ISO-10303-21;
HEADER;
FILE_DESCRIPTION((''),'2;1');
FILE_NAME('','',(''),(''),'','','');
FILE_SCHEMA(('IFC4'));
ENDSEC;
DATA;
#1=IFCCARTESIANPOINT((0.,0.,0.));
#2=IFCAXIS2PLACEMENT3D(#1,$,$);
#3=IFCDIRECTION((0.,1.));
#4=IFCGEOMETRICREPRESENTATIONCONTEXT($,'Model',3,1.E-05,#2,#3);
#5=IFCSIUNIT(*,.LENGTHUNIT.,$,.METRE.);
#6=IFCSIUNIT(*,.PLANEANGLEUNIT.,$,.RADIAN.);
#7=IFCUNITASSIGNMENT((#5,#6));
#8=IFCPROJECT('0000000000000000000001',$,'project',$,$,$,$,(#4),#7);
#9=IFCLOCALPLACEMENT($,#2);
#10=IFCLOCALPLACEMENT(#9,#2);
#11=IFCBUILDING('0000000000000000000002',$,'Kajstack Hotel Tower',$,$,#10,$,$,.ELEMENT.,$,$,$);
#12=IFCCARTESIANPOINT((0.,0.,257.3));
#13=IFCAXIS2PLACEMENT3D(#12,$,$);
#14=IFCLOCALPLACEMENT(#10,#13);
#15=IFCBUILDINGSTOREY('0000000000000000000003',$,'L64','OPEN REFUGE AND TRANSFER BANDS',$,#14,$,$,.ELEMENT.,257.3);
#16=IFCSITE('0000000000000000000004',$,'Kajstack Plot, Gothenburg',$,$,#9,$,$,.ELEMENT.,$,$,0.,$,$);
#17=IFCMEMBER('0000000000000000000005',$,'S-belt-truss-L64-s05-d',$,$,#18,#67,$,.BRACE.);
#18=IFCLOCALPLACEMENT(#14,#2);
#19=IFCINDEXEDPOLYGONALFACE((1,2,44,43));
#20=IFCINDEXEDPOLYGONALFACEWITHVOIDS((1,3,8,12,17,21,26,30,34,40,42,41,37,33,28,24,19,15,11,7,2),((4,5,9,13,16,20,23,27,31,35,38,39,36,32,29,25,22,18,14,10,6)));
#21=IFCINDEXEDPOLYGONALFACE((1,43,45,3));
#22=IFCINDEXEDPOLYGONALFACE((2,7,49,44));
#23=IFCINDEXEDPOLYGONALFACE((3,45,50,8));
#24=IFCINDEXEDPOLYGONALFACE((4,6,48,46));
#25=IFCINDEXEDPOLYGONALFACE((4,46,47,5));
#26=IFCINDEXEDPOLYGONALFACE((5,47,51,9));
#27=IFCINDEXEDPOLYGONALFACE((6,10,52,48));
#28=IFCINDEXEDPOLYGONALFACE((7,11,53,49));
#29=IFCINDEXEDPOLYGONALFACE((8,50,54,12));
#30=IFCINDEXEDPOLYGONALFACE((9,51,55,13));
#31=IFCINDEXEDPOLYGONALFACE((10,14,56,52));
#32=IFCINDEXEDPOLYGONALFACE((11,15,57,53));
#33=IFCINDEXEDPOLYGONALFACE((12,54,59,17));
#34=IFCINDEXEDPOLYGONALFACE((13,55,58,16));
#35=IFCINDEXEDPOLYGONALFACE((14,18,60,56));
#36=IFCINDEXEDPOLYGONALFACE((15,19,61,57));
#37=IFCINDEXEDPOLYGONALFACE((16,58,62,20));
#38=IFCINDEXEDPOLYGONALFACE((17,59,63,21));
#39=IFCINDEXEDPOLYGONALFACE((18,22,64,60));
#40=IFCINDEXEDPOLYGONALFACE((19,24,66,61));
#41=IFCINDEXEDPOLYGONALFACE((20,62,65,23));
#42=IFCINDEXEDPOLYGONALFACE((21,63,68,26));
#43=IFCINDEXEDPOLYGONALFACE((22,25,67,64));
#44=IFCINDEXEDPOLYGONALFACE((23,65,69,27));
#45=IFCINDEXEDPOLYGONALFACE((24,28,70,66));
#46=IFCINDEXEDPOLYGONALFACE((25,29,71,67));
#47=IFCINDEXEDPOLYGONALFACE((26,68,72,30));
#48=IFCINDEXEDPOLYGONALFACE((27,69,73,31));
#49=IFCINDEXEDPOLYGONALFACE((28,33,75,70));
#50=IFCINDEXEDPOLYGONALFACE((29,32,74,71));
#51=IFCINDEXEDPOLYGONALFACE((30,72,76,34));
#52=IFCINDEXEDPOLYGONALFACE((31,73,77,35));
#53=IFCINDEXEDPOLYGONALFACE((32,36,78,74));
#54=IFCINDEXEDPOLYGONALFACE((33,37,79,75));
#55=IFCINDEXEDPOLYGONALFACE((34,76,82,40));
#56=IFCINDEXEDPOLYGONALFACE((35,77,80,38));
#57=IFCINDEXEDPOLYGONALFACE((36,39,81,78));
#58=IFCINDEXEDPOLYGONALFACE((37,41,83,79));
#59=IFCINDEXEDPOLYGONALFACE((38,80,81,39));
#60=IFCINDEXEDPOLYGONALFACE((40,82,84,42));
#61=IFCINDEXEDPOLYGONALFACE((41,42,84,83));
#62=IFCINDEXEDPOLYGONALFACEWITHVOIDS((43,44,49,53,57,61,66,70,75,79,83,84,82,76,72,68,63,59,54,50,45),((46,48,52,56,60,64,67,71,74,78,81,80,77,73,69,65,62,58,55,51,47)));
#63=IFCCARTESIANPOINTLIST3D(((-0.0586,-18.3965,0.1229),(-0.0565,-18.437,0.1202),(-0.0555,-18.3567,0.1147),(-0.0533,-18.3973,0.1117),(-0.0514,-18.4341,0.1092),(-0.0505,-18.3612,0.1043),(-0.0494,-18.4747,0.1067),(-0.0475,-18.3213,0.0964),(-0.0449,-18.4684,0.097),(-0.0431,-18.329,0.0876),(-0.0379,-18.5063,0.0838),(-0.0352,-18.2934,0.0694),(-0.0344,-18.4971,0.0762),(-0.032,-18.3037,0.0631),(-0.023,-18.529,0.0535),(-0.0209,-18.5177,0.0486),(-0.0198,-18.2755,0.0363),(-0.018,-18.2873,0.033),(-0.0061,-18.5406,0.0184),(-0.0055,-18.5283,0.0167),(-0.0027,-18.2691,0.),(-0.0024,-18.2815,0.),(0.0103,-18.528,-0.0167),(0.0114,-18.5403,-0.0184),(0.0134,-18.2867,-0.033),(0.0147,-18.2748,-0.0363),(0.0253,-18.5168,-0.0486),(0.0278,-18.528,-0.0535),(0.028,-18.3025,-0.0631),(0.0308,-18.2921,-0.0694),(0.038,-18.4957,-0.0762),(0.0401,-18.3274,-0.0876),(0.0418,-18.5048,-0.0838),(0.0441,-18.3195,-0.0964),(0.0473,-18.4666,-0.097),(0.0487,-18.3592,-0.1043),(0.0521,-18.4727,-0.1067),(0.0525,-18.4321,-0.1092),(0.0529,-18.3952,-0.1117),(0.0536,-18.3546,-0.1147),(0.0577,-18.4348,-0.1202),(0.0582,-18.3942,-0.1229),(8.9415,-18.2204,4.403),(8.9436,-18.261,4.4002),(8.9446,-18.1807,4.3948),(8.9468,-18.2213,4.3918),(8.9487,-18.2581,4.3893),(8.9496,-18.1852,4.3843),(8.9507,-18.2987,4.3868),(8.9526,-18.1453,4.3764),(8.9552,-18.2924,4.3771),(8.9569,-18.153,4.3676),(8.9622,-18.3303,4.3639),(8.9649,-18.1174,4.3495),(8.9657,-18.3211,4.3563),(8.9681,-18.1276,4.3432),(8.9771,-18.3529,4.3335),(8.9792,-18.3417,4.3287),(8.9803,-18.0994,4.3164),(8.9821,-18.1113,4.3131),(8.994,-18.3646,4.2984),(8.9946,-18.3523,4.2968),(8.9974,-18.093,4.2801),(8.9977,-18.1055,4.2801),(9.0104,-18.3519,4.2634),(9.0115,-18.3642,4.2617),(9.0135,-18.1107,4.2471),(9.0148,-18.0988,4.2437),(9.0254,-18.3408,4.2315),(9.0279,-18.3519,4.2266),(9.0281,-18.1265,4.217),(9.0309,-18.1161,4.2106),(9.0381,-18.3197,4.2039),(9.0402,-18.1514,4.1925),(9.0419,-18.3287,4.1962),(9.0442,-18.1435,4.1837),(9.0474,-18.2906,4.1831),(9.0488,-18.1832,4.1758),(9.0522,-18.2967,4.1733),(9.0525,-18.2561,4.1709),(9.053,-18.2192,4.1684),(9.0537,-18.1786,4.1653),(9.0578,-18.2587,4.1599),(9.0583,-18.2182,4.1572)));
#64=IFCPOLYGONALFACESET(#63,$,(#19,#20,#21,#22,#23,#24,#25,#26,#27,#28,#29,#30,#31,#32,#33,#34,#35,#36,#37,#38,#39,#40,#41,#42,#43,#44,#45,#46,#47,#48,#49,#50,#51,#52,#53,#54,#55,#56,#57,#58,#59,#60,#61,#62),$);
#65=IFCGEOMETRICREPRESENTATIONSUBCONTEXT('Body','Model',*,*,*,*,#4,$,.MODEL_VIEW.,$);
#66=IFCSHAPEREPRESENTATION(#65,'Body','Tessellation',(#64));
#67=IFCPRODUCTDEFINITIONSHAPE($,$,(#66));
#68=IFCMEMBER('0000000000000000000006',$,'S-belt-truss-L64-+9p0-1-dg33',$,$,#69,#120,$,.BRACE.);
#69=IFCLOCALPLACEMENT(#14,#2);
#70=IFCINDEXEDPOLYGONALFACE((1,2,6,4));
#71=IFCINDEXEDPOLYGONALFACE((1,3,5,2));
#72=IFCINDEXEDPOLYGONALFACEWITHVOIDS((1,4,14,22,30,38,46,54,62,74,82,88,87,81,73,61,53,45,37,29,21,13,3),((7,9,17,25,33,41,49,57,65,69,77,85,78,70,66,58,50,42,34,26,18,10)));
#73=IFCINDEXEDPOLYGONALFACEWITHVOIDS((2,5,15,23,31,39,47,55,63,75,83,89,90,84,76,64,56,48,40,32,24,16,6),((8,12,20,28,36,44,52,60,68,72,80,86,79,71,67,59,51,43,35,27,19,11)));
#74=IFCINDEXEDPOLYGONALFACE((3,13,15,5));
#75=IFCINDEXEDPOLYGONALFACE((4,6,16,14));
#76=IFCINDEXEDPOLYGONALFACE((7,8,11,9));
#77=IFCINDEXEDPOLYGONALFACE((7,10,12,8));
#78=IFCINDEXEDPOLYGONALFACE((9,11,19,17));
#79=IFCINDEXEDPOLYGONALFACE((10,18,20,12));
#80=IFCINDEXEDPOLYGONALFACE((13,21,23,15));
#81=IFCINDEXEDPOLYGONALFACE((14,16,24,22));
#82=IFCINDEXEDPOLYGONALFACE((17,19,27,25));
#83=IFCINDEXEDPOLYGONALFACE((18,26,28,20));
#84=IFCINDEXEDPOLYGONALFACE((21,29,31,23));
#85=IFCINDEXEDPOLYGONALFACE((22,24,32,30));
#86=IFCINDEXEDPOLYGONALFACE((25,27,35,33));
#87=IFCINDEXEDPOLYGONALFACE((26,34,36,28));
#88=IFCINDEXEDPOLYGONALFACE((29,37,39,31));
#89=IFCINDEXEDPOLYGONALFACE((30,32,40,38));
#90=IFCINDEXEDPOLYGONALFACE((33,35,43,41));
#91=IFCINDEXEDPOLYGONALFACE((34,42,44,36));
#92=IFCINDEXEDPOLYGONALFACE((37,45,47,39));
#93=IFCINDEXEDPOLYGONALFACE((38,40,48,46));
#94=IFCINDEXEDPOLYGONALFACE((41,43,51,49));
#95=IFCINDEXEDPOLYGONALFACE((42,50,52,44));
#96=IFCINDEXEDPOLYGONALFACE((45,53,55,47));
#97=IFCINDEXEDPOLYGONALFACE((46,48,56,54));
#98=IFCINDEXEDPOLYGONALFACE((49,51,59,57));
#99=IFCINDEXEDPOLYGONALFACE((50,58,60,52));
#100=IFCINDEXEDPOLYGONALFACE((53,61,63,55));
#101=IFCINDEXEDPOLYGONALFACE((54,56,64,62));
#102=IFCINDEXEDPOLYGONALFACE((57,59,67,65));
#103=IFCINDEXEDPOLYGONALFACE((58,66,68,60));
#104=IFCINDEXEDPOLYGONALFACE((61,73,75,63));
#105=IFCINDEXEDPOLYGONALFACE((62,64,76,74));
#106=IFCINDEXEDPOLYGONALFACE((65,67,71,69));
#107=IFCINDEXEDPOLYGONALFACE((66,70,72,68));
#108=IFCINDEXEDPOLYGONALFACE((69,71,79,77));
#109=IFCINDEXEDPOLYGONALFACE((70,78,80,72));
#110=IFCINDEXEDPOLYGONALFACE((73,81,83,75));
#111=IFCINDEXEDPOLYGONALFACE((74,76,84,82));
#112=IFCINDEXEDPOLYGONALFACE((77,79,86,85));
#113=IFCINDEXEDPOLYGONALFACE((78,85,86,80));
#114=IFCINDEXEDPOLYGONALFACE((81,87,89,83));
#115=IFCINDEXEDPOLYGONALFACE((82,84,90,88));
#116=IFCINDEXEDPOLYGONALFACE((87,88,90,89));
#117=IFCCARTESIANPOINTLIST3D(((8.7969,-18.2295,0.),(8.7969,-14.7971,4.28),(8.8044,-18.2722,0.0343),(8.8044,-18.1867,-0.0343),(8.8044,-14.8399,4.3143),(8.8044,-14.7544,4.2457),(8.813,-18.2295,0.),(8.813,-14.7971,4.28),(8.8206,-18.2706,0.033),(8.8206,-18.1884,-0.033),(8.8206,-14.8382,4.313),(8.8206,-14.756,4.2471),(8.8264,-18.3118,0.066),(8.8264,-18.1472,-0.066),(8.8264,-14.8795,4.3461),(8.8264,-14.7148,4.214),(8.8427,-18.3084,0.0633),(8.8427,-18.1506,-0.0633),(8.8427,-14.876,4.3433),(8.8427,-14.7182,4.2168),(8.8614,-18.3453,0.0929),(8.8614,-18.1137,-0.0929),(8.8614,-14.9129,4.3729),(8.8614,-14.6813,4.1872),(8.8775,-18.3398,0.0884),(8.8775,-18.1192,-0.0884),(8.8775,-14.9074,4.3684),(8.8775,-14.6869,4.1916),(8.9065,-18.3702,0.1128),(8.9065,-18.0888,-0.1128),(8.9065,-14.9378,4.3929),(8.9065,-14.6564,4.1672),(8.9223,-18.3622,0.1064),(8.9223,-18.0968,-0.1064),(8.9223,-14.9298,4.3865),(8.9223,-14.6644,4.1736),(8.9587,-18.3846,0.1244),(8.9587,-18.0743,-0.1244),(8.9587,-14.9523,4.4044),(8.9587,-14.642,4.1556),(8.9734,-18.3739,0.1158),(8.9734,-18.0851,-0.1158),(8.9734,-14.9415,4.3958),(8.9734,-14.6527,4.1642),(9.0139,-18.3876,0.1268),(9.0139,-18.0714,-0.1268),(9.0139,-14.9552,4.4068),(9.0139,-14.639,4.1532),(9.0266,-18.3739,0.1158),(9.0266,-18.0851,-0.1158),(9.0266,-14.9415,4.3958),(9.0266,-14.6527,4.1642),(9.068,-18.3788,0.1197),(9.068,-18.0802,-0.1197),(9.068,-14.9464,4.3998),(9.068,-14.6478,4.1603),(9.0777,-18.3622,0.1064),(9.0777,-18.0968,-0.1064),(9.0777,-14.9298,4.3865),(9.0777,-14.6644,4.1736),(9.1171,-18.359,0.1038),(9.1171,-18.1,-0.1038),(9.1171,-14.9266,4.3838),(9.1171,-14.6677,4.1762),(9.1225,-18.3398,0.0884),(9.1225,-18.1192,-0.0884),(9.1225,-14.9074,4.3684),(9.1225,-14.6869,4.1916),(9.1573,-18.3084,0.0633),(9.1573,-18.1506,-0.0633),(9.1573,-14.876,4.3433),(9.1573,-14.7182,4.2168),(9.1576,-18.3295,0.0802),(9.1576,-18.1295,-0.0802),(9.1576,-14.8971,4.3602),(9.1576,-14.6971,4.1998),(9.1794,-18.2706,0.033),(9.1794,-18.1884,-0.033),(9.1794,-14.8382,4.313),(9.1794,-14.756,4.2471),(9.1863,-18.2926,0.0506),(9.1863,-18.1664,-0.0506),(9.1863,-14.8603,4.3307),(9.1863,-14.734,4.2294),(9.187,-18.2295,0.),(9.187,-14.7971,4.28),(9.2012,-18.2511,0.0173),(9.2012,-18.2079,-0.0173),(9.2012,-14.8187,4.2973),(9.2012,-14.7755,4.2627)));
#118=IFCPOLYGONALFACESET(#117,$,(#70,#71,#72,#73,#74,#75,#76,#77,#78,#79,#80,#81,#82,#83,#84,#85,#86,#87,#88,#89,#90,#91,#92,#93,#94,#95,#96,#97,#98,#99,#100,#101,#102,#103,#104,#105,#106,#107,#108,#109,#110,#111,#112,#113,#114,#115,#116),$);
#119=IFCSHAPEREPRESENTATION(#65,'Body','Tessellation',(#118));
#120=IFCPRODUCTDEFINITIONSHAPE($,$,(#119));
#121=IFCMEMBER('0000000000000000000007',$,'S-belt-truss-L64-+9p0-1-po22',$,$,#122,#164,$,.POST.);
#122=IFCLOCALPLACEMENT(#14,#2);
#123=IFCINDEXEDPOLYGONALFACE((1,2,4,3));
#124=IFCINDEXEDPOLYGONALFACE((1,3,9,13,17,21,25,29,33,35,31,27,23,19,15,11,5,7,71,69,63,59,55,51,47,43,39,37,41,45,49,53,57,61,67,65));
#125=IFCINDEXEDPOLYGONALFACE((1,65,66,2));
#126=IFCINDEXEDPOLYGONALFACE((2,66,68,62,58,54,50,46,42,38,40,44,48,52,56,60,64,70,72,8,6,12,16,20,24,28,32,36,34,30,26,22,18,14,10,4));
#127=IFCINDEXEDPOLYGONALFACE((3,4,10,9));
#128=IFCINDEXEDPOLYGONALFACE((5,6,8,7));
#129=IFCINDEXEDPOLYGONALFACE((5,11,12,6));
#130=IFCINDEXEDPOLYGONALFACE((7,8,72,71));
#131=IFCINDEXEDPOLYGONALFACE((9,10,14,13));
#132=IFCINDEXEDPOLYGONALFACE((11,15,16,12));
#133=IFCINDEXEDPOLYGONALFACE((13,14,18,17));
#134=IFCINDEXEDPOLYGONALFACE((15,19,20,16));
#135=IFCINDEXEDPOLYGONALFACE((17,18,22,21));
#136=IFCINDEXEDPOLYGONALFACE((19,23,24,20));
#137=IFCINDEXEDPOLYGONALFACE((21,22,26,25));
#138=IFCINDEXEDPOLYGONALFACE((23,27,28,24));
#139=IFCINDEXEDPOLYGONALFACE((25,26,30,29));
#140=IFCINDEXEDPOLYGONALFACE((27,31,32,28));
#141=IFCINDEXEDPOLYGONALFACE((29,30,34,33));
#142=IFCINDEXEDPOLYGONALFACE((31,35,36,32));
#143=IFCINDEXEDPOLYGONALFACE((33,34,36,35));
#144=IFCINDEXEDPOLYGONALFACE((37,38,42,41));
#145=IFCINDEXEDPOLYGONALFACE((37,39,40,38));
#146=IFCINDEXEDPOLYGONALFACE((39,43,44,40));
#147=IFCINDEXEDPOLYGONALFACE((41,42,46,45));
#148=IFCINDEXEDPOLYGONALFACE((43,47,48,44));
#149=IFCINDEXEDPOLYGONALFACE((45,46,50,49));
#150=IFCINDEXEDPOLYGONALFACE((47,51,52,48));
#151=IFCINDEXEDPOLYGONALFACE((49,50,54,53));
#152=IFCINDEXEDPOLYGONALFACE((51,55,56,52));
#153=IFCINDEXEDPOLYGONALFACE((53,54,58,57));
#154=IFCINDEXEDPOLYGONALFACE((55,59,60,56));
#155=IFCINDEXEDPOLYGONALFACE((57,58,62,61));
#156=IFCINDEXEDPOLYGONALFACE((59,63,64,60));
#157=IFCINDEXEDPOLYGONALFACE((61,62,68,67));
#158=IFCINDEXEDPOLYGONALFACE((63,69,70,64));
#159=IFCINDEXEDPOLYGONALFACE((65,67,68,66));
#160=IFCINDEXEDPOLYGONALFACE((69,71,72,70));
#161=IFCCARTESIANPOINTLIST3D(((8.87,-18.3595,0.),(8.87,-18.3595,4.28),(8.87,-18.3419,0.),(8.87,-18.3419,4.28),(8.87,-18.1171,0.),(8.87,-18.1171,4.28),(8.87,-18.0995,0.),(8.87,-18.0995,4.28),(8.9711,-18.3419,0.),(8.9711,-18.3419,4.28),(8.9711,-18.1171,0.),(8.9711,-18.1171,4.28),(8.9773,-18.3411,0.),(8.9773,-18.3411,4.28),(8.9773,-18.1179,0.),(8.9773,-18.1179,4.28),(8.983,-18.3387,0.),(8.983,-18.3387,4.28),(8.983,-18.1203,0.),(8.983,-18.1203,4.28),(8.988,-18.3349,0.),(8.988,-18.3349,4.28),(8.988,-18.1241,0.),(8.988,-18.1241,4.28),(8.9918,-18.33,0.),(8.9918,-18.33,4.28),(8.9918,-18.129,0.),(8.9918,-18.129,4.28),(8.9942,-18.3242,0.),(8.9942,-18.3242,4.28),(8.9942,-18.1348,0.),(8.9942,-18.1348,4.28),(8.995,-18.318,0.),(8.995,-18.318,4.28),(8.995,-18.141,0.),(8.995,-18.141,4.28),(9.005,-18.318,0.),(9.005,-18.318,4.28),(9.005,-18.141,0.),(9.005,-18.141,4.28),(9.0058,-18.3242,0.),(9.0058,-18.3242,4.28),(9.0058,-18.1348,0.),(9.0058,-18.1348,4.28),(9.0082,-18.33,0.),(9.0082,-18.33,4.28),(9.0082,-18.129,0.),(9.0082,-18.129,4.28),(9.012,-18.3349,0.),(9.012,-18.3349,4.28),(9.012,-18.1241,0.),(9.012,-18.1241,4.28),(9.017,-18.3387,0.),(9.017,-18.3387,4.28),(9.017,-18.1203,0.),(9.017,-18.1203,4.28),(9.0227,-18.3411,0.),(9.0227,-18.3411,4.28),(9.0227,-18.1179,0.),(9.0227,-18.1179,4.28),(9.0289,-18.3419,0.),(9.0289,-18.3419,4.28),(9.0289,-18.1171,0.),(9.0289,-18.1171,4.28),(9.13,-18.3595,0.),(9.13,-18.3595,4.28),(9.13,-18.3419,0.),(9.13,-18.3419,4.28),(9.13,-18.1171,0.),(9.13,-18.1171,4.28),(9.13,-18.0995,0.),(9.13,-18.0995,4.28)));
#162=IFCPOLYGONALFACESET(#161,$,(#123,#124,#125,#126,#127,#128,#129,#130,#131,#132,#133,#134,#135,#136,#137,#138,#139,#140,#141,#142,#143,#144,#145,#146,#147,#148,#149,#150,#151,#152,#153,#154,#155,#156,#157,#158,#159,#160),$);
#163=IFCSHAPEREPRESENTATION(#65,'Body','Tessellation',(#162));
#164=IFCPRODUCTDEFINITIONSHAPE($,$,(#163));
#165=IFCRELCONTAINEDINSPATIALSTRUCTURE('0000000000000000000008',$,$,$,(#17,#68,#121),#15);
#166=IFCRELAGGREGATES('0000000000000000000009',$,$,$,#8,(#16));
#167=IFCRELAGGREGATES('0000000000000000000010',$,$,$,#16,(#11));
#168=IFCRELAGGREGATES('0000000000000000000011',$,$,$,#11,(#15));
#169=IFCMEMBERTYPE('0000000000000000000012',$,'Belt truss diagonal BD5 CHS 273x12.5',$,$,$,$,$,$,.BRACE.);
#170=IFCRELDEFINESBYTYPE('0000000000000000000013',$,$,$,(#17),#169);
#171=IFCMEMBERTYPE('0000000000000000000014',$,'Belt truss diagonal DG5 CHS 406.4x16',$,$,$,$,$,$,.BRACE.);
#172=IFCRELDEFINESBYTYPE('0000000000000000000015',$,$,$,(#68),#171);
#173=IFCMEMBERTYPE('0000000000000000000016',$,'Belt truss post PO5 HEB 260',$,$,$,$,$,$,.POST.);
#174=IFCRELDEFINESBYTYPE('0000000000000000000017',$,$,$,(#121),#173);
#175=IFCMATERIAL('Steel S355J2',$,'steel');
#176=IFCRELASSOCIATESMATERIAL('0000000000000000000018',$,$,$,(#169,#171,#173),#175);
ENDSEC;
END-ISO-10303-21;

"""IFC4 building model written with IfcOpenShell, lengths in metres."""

from ifc_helpers import new_model, si_unit, direction, frame, origin, origin_2d, place, context, subcontext, project, spatial, hollow_circle, i_section, extrude, material, material_profile, profile_set, type_object, element, save


model = new_model("IFC4")

# Units and contexts
model_context = context("Model", 3, precision=1e-05, world=origin(), true_north=direction((0.0, 1.0)))
body_context = subcontext(model_context, "Body", "Model", "MODEL_VIEW")
ifc_project = project(units=[si_unit("LENGTHUNIT", "METRE"), si_unit("PLANEANGLEUNIT", "RADIAN")], contexts=[model_context])

# Site, building, storey
site_placement = place(None, origin())
site = spatial("IfcSite", under=ifc_project, at=site_placement, Name="Kajstack Plot, Gothenburg", CompositionType="ELEMENT", RefElevation=0.0)
building_placement = place(site_placement, origin())
building = spatial("IfcBuilding", under=site, at=building_placement, Name="Kajstack Hotel Tower", CompositionType="ELEMENT")
storey_placement = place(building_placement, frame((0.0, 0.0, 257.3)))
storey = spatial("IfcBuildingStorey", under=building, at=storey_placement, Name="L64", Description="OPEN REFUGE AND TRANSFER BANDS", CompositionType="ELEMENT", Elevation=257.3)

# Members
ifc_material_1 = material(Name="Steel S355J2", Category="steel")
ifc_material_profile_1 = material_profile(ifc_material_1, hollow_circle(Radius=0.1365, WallThickness=0.0125, at=origin_2d()), Name="CHS 273x12.5")
ifc_profile_set_1 = profile_set([ifc_material_profile_1], Name="Steel S355J2")
member_type_1 = type_object("IfcMemberType", Name="Belt truss diagonal BD5 CHS 273x12.5", PredefinedType="BRACE", material=ifc_profile_set_1)
member_1_placement = place(storey_placement, frame((0.0, -18.4055, 0.0), z_axis=(0.902941, 0.01766, 0.429402), x_axis=(-0.019555, 0.999809, 0.0)))
element("IfcMember", 1, at=member_1_placement, inside=storey, type_object=member_type_1, Name="S-belt-truss-L64-s05-d", PredefinedType="BRACE", context=body_context, shape_type="SweptSolid", body=[
    extrude(hollow_circle(Radius=0.1365, WallThickness=0.0125, at=origin_2d()), origin(), (0.0, 0.0, 1.0), 9.9675),
])
ifc_material_profile_2 = material_profile(ifc_material_1, hollow_circle(Radius=0.2031, WallThickness=0.0161, at=origin_2d()), Name="CHS 406.4x16")
ifc_profile_set_2 = profile_set([ifc_material_profile_2], Name="Steel S355J2")
member_type_2 = type_object("IfcMemberType", Name="Belt truss diagonal DG5 CHS 406.4x16", PredefinedType="BRACE", material=ifc_profile_set_2)
member_2_placement = place(storey_placement, frame((9.0, -18.2295, 0.0), z_axis=(0.0, 0.625623, 0.780126), x_axis=(-1.0, 0.0, 0.0)))
element("IfcMember", 2, at=member_2_placement, inside=storey, type_object=member_type_2, Name="S-belt-truss-L64-+9p0-1-dg33", PredefinedType="BRACE", context=body_context, shape_type="SweptSolid", body=[
    extrude(hollow_circle(Radius=0.2031, WallThickness=0.0161, at=origin_2d()), origin(), (0.0, 0.0, 1.0), 5.4863),
])
ifc_material_profile_3 = material_profile(ifc_material_1, i_section(OverallWidth=0.26, OverallDepth=0.26, WebThickness=0.01, FlangeThickness=0.0176, FilletRadius=0.0239, at=origin_2d()), Name="HEB 260")
ifc_profile_set_3 = profile_set([ifc_material_profile_3], Name="Steel S355J2")
member_type_3 = type_object("IfcMemberType", Name="Belt truss post PO5 HEB 260", PredefinedType="POST", material=ifc_profile_set_3)
member_3_placement = place(storey_placement, frame((9.0, -18.2295, 0.0), z_axis=(0.0, 0.0, 1.0), x_axis=(1.0, 0.0, 0.0)))
element("IfcMember", 3, at=member_3_placement, inside=storey, type_object=member_type_3, Name="S-belt-truss-L64-+9p0-1-po22", PredefinedType="POST", context=body_context, shape_type="SweptSolid", body=[
    extrude(i_section(OverallWidth=0.26, OverallDepth=0.26, WebThickness=0.01, FlangeThickness=0.0176, FilletRadius=0.0239, at=origin_2d()), origin(), (0.0, 0.0, 1.0), 4.28),
])

save(model, "model.ifc")
